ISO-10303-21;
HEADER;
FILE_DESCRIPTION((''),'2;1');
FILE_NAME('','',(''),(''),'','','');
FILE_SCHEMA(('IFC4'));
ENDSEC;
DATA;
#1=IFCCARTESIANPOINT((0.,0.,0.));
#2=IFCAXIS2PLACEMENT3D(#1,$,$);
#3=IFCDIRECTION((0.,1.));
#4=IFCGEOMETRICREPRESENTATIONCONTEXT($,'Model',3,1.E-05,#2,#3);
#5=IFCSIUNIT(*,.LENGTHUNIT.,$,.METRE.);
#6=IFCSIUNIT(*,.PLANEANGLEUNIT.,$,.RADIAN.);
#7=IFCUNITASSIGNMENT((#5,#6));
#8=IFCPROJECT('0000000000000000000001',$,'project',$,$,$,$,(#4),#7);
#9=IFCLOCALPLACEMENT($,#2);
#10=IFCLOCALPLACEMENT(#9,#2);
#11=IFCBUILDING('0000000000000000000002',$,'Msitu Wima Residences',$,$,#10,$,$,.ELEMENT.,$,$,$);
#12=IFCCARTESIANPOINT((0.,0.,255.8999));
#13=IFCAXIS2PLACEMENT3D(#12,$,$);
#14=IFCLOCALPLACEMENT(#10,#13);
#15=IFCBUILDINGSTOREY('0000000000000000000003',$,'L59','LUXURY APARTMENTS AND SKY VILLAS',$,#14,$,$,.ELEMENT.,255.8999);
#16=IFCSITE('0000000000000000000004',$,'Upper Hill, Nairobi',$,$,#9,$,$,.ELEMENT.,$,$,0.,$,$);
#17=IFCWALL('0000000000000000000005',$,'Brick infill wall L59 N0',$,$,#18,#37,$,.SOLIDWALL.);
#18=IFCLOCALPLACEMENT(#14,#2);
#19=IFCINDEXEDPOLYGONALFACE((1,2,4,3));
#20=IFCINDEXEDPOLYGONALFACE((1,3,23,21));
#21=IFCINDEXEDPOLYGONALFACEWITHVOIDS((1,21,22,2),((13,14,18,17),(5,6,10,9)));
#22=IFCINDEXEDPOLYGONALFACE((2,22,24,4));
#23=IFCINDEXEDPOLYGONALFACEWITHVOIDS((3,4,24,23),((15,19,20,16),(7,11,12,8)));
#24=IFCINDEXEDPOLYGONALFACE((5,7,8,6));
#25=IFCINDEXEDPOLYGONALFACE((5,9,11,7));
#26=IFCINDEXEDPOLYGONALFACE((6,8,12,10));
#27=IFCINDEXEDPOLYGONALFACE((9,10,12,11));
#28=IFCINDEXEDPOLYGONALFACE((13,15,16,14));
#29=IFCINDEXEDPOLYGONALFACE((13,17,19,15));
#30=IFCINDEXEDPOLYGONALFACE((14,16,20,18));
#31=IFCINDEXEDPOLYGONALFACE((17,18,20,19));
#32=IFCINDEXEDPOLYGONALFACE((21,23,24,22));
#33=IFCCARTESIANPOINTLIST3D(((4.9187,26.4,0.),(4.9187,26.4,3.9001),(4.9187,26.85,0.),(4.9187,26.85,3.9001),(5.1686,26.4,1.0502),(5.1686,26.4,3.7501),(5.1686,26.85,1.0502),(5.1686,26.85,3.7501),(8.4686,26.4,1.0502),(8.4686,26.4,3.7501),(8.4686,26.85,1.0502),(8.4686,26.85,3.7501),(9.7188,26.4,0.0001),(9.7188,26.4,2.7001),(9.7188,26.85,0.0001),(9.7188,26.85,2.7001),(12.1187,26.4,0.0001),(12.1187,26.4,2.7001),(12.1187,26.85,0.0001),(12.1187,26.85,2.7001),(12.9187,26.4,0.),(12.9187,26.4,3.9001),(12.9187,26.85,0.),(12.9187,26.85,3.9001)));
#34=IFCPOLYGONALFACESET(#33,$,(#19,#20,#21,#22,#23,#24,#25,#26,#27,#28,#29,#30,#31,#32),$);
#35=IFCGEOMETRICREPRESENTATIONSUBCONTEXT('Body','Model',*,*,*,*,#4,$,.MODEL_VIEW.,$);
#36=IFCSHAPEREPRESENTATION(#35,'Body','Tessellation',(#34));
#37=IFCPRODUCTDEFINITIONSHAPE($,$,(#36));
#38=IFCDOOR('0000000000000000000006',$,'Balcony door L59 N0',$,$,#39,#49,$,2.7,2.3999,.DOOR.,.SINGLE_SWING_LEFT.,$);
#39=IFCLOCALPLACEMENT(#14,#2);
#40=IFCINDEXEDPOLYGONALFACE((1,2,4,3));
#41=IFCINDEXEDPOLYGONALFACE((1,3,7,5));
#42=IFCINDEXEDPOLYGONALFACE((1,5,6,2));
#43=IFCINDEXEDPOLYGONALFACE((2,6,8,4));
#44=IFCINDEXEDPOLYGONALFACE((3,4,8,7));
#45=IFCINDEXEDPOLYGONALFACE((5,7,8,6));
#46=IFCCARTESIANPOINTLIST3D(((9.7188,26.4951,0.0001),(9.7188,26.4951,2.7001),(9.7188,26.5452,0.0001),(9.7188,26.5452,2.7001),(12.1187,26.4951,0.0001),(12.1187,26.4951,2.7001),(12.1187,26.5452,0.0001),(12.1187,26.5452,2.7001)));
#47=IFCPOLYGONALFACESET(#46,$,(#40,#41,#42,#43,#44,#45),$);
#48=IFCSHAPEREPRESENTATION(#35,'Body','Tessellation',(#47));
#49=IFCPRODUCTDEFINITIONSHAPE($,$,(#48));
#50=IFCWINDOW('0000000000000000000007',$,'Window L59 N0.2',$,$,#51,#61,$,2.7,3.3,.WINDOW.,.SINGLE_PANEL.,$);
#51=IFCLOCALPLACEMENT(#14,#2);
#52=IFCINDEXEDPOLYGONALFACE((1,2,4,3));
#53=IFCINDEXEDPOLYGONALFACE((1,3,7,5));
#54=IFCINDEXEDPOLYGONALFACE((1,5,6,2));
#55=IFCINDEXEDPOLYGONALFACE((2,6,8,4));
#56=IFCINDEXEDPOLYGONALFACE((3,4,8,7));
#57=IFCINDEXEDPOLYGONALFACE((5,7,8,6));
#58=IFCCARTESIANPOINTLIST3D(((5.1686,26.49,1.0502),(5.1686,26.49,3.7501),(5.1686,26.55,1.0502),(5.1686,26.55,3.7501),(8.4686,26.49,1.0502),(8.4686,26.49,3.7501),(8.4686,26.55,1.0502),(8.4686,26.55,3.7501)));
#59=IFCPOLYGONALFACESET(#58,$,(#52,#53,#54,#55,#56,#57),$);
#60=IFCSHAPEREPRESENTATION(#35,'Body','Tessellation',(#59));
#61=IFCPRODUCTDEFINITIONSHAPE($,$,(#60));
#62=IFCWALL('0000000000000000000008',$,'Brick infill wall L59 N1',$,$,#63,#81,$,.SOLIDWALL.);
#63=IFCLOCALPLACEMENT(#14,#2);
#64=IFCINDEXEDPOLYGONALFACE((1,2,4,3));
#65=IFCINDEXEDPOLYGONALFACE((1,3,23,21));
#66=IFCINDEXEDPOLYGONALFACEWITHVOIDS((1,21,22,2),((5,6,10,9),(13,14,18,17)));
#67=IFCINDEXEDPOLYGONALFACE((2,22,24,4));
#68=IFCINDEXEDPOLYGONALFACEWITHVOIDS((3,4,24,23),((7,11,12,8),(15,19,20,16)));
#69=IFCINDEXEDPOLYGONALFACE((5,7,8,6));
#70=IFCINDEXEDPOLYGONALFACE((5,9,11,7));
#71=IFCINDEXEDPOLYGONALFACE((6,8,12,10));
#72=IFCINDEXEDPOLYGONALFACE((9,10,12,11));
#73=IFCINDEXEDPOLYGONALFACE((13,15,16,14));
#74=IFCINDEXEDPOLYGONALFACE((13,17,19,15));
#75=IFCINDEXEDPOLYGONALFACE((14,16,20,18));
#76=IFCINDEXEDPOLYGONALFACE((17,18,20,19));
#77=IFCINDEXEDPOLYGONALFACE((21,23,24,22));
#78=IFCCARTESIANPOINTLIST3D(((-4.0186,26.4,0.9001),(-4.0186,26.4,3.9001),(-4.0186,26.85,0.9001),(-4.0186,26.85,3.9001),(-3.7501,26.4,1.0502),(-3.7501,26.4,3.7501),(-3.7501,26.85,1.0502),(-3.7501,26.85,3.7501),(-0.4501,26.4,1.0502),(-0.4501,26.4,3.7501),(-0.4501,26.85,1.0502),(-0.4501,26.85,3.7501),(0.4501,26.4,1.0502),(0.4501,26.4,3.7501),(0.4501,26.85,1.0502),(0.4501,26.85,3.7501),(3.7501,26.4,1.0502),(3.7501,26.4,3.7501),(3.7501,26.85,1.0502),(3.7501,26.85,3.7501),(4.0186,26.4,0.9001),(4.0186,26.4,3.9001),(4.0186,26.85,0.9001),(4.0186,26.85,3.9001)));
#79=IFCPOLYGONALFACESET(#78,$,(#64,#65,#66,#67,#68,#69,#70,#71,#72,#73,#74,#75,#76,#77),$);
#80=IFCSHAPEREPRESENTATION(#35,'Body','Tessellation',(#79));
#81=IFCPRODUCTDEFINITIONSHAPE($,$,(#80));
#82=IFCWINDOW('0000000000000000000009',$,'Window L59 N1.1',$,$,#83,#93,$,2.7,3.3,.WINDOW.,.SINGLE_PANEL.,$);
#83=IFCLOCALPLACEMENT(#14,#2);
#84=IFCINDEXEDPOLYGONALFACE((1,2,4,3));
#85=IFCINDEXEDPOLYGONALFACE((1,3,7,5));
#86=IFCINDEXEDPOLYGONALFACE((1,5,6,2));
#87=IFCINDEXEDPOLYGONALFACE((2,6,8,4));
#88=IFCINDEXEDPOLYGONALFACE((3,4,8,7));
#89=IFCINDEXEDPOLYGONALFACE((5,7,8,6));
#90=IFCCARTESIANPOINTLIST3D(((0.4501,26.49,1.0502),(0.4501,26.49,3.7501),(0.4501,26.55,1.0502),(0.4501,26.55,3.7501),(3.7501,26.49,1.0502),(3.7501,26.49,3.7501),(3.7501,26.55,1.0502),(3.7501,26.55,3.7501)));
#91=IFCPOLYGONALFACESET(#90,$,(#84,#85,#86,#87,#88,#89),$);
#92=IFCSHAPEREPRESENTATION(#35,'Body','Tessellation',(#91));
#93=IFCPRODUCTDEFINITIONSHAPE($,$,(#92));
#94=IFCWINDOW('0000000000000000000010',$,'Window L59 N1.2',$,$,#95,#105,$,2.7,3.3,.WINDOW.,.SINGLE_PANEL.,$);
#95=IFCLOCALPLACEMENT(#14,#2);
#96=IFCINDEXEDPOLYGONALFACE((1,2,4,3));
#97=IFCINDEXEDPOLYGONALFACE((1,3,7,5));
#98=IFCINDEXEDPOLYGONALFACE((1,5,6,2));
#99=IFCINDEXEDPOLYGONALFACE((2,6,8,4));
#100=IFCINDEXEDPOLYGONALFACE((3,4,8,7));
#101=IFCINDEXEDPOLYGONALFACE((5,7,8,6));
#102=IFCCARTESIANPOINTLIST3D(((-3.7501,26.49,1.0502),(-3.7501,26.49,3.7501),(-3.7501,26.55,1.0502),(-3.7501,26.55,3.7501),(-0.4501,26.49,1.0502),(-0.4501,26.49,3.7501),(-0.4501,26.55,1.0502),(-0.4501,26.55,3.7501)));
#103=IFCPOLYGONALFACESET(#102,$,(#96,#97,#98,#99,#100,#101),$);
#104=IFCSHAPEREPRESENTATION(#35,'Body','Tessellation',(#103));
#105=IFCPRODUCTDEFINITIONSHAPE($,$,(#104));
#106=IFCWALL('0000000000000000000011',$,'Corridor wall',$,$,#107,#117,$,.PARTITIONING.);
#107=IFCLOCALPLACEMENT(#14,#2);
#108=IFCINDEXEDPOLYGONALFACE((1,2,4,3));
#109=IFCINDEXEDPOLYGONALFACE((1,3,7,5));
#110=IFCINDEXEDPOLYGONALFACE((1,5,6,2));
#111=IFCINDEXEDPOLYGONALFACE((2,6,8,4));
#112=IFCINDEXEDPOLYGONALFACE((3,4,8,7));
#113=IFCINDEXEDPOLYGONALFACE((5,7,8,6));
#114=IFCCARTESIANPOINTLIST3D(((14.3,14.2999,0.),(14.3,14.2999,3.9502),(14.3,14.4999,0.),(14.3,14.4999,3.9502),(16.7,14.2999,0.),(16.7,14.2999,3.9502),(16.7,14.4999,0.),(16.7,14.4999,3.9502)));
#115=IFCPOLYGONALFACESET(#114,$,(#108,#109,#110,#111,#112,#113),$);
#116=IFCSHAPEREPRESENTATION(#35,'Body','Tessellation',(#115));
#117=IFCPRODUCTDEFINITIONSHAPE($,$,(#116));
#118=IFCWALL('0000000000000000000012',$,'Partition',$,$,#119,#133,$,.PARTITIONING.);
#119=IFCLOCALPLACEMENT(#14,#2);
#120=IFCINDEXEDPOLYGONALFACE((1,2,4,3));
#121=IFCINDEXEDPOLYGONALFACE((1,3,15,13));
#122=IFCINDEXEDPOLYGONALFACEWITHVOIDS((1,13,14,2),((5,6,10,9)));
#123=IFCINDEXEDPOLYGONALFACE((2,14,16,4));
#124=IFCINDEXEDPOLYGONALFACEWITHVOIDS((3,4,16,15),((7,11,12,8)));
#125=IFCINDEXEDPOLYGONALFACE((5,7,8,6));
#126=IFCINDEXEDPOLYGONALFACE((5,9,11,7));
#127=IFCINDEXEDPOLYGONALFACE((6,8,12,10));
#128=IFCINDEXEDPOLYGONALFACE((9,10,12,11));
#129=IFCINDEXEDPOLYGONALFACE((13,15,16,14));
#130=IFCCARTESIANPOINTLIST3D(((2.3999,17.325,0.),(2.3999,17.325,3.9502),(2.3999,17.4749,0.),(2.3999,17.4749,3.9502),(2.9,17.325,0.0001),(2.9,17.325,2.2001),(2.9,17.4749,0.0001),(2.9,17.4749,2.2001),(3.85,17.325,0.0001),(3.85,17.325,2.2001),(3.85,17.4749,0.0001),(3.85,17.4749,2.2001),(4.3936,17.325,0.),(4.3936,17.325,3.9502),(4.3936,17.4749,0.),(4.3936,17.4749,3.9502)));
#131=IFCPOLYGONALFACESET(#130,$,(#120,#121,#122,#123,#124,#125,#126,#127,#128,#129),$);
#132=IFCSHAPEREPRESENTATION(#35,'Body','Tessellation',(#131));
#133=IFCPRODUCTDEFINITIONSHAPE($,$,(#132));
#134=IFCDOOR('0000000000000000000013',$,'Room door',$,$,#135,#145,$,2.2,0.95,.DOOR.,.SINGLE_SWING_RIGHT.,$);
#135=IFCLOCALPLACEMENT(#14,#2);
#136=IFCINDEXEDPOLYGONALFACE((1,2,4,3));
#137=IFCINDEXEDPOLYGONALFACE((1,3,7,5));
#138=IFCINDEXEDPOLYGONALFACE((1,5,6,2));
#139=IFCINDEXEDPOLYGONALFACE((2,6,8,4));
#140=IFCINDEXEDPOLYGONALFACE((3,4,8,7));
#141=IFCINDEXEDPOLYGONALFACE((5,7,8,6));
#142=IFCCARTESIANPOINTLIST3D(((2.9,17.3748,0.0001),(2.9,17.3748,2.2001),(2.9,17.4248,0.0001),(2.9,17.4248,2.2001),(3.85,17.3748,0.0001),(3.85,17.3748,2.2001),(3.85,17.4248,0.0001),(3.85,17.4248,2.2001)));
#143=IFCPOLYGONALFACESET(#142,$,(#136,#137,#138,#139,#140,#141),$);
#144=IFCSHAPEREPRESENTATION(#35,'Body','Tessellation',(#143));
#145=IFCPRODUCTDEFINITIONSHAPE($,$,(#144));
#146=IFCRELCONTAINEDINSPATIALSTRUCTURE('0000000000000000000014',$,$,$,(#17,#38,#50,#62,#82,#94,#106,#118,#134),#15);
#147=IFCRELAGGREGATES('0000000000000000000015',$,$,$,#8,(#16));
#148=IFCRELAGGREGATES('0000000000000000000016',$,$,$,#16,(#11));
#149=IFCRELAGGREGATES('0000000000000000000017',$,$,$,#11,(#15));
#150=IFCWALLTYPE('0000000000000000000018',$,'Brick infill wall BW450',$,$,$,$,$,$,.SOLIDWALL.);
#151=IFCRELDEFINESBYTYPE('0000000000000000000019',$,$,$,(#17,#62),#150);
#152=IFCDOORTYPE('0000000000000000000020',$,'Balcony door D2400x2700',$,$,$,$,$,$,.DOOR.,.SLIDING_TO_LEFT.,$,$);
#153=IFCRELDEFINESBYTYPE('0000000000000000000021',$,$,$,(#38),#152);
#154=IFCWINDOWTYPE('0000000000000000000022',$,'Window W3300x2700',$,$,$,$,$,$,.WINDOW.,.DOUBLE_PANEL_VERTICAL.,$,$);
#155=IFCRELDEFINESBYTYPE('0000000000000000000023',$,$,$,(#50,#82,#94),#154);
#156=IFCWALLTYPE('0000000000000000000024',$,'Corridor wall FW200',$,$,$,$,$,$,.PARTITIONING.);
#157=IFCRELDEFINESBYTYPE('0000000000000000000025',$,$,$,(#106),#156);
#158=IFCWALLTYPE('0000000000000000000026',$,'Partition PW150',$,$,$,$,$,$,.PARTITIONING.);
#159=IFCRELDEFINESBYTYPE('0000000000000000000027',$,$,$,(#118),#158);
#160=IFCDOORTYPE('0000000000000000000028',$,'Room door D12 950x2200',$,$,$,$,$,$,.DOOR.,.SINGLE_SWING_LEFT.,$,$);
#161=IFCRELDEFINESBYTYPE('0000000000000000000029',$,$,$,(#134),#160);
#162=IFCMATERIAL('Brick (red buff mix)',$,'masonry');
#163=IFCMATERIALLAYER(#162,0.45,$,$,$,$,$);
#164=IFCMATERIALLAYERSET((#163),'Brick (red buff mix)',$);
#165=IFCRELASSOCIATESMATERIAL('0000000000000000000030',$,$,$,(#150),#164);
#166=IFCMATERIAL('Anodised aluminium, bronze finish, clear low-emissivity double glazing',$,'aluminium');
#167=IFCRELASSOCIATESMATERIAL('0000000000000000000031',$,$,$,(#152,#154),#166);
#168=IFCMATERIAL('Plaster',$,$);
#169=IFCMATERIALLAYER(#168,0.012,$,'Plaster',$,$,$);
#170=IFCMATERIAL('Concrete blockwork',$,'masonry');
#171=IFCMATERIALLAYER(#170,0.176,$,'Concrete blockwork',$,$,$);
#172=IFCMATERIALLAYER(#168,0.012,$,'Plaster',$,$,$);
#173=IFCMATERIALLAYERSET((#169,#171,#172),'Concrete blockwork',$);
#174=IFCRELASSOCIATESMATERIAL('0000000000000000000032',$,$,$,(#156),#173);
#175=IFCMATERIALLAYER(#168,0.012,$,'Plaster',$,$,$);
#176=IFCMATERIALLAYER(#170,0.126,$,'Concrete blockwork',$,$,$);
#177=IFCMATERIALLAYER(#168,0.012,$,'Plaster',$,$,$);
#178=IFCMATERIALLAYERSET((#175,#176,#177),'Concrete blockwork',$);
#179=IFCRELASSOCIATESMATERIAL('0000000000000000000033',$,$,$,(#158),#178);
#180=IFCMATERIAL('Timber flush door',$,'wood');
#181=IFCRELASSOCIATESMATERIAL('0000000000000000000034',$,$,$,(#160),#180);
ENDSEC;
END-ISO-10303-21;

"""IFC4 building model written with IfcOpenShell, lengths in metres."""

from ifc_helpers import new_model, si_unit, direction, frame, frame_2d, origin, place, context, subcontext, project, spatial, rectangle, extrude, material, layer, layer_set, type_object, element, fill, save


model = new_model("IFC4")

# Units and contexts
model_context = context("Model", 3, precision=1e-05, world=origin(), true_north=direction((0.0, 1.0)))
body_context = subcontext(model_context, "Body", "Model", "MODEL_VIEW")
ifc_project = project(units=[si_unit("LENGTHUNIT", "METRE"), si_unit("PLANEANGLEUNIT", "RADIAN")], contexts=[model_context])

# Site, building, storey
site_placement = place(None, origin())
site = spatial("IfcSite", under=ifc_project, at=site_placement, Name="Upper Hill, Nairobi", CompositionType="ELEMENT", RefElevation=0.0)
building_placement = place(site_placement, origin())
building = spatial("IfcBuilding", under=site, at=building_placement, Name="Msitu Wima Residences", CompositionType="ELEMENT")
storey_placement = place(building_placement, frame((0.0, 0.0, 255.8999)))
storey = spatial("IfcBuildingStorey", under=building, at=storey_placement, Name="L59", Description="LUXURY APARTMENTS AND SKY VILLAS", CompositionType="ELEMENT", Elevation=255.8999)

# Wall, openings, door, window
ifc_material_1 = material(Name="Brick (red buff mix)", Category="masonry")
ifc_layer_1 = layer(ifc_material_1, 0.45)
ifc_layer_set_1 = layer_set([ifc_layer_1], Name="Brick (red buff mix)")
wall_type_1 = type_object("IfcWallType", Name="Brick infill wall BW450", PredefinedType="SOLIDWALL", material=ifc_layer_set_1)
wall_1_placement = place(storey_placement, frame((12.9187, 26.625, 0.0), z_axis=(0.0, 0.0, 1.0), x_axis=(-1.0, 0.0, 0.0)))
wall_1 = element("IfcWall", 1, at=wall_1_placement, inside=storey, type_object=wall_type_1, Name="Brick infill wall L59 N0", PredefinedType="SOLIDWALL", context=body_context, shape_type="SweptSolid", body=[
    extrude(rectangle(XDim=8.0, YDim=0.45, at=frame_2d((4.0, 0.0))), origin(), (0.0, 0.0, 1.0), 3.9001),
])
opening_1_placement = place(wall_1_placement, frame((0.8, 0.0, 0.0)))
opening_1 = element("IfcOpeningElement", 2, at=opening_1_placement, cuts=wall_1, PredefinedType="OPENING", context=body_context, shape_type="SweptSolid", body=[
    extrude(rectangle(XDim=2.3999, YDim=2.7, at=frame_2d((1.2, 1.3501))), frame((0.0, 0.2349, 0.0), z_axis=(0.0, -1.0, 0.0), x_axis=(1.0, 0.0, 0.0)), (0.0, 0.0, 1.0), 0.47),
])
opening_2_placement = place(wall_1_placement, frame((4.4502, 0.0, 1.05)))
opening_2 = element("IfcOpeningElement", 3, at=opening_2_placement, cuts=wall_1, PredefinedType="OPENING", context=body_context, shape_type="SweptSolid", body=[
    extrude(rectangle(XDim=3.3, YDim=2.7, at=frame_2d((1.6499, 1.3501))), frame((0.0, 0.2349, 0.0), z_axis=(0.0, -1.0, 0.0), x_axis=(1.0, 0.0, 0.0)), (0.0, 0.0, 1.0), 0.47),
])
ifc_material_2 = material(Name="Anodised aluminium, bronze finish, clear low-emissivity double glazing", Category="aluminium")
door_type_1 = type_object("IfcDoorType", Name="Balcony door D2400x2700", OperationType="SLIDING_TO_LEFT", PredefinedType="DOOR", material=ifc_material_2)
door_1_placement = place(opening_1_placement, origin())
door_1 = element("IfcDoor", 4, at=door_1_placement, inside=storey, type_object=door_type_1, Name="Balcony door L59 N0", OperationType="SINGLE_SWING_LEFT", OverallHeight=2.7, OverallWidth=2.3999, PredefinedType="DOOR", context=body_context, shape_type="SweptSolid", body=[
    extrude(rectangle(XDim=2.3999, YDim=2.7, at=frame_2d((1.2, 1.3501))), frame((0.0, 0.1299, 0.0), z_axis=(0.0, -1.0, 0.0), x_axis=(1.0, 0.0, 0.0)), (0.0, 0.0, 1.0), 0.05),
])
fill(opening_1, door_1)
window_type = type_object("IfcWindowType", Name="Window W3300x2700", PartitioningType="DOUBLE_PANEL_VERTICAL", PredefinedType="WINDOW", material=ifc_material_2)
window_1_placement = place(opening_2_placement, origin())
window_1 = element("IfcWindow", 5, at=window_1_placement, inside=storey, type_object=window_type, Name="Window L59 N0.2", OverallHeight=2.7, OverallWidth=3.3, PartitioningType="SINGLE_PANEL", PredefinedType="WINDOW", context=body_context, shape_type="SweptSolid", body=[
    extrude(rectangle(XDim=3.3, YDim=2.7, at=frame_2d((1.6499, 1.3501))), frame((0.0, 0.135, 0.0), z_axis=(0.0, -1.0, 0.0), x_axis=(1.0, 0.0, 0.0)), (0.0, 0.0, 1.0), 0.0601),
])
fill(opening_2, window_1)

# Wall, openings, windows
wall_2_placement = place(storey_placement, frame((4.0186, 26.625, 0.9001), z_axis=(0.0, 0.0, 1.0), x_axis=(-1.0, 0.0, 0.0)))
wall_2 = element("IfcWall", 6, at=wall_2_placement, inside=storey, type_object=wall_type_1, Name="Brick infill wall L59 N1", PredefinedType="SOLIDWALL", context=body_context, shape_type="SweptSolid", body=[
    extrude(rectangle(XDim=8.0371, YDim=0.45, at=frame_2d((4.0186, 0.0))), origin(), (0.0, 0.0, 1.0), 3.0),
])
opening_3_placement = place(wall_2_placement, frame((0.2686, 0.0, 0.1499)))
opening_3 = element("IfcOpeningElement", 7, at=opening_3_placement, cuts=wall_2, PredefinedType="OPENING", context=body_context, shape_type="SweptSolid", body=[
    extrude(rectangle(XDim=3.3, YDim=2.7, at=frame_2d((1.6499, 1.3501))), frame((0.0, 0.2349, 0.0), z_axis=(0.0, -1.0, 0.0), x_axis=(1.0, 0.0, 0.0)), (0.0, 0.0, 1.0), 0.47),
])
opening_4_placement = place(wall_2_placement, frame((4.4688, 0.0, 0.1499)))
opening_4 = element("IfcOpeningElement", 8, at=opening_4_placement, cuts=wall_2, PredefinedType="OPENING", context=body_context, shape_type="SweptSolid", body=[
    extrude(rectangle(XDim=3.3, YDim=2.7, at=frame_2d((1.6499, 1.3501))), frame((0.0, 0.2349, 0.0), z_axis=(0.0, -1.0, 0.0), x_axis=(1.0, 0.0, 0.0)), (0.0, 0.0, 1.0), 0.47),
])
window_2_placement = place(opening_3_placement, origin())
window_2 = element("IfcWindow", 9, at=window_2_placement, inside=storey, type_object=window_type, Name="Window L59 N1.1", OverallHeight=2.7, OverallWidth=3.3, PartitioningType="SINGLE_PANEL", PredefinedType="WINDOW", context=body_context, shape_type="SweptSolid", body=[
    extrude(rectangle(XDim=3.3, YDim=2.7, at=frame_2d((1.6499, 1.3501))), frame((0.0, 0.135, 0.0), z_axis=(0.0, -1.0, 0.0), x_axis=(1.0, 0.0, 0.0)), (0.0, 0.0, 1.0), 0.0601),
])
fill(opening_3, window_2)
window_3_placement = place(opening_4_placement, origin())
window_3 = element("IfcWindow", 10, at=window_3_placement, inside=storey, type_object=window_type, Name="Window L59 N1.2", OverallHeight=2.7, OverallWidth=3.3, PartitioningType="SINGLE_PANEL", PredefinedType="WINDOW", context=body_context, shape_type="SweptSolid", body=[
    extrude(rectangle(XDim=3.3, YDim=2.7, at=frame_2d((1.6499, 1.3501))), frame((0.0, 0.135, 0.0), z_axis=(0.0, -1.0, 0.0), x_axis=(1.0, 0.0, 0.0)), (0.0, 0.0, 1.0), 0.0601),
])
fill(opening_4, window_3)

# Wall
ifc_material_3 = material(Name="Plaster")
ifc_layer_2 = layer(ifc_material_3, 0.012, Name="Plaster")
ifc_material_4 = material(Name="Concrete blockwork", Category="masonry")
ifc_layer_3 = layer(ifc_material_4, 0.176, Name="Concrete blockwork")
ifc_layer_4 = layer(ifc_material_3, 0.012, Name="Plaster")
ifc_layer_set_2 = layer_set([ifc_layer_2, ifc_layer_3, ifc_layer_4], Name="Concrete blockwork")
wall_type_2 = type_object("IfcWallType", Name="Corridor wall FW200", PredefinedType="PARTITIONING", material=ifc_layer_set_2)
wall_3_placement = place(storey_placement, frame((14.3, 14.3999, 0.0), z_axis=(0.0, 0.0, 1.0), x_axis=(1.0, 0.0, 0.0)))
element("IfcWall", 11, at=wall_3_placement, inside=storey, type_object=wall_type_2, Name="Corridor wall", PredefinedType="PARTITIONING", context=body_context, shape_type="SweptSolid", body=[
    extrude(rectangle(XDim=2.3999, YDim=0.2, at=frame_2d((1.2, 0.0))), origin(), (0.0, 0.0, 1.0), 3.9502),
])

# Wall, opening, door
ifc_layer_5 = layer(ifc_material_3, 0.012, Name="Plaster")
ifc_layer_6 = layer(ifc_material_4, 0.126, Name="Concrete blockwork")
ifc_layer_7 = layer(ifc_material_3, 0.012, Name="Plaster")
ifc_layer_set_3 = layer_set([ifc_layer_5, ifc_layer_6, ifc_layer_7], Name="Concrete blockwork")
wall_type_3 = type_object("IfcWallType", Name="Partition PW150", PredefinedType="PARTITIONING", material=ifc_layer_set_3)
wall_4_placement = place(storey_placement, frame((2.3999, 17.3999, 0.0), z_axis=(0.0, 0.0, 1.0), x_axis=(1.0, 0.0, 0.0)))
wall_4 = element("IfcWall", 12, at=wall_4_placement, inside=storey, type_object=wall_type_3, Name="Partition", PredefinedType="PARTITIONING", context=body_context, shape_type="SweptSolid", body=[
    extrude(rectangle(XDim=1.9937, YDim=0.1499, at=frame_2d((0.9968, 0.0))), origin(), (0.0, 0.0, 1.0), 3.9502),
])
opening_5_placement = place(wall_4_placement, frame((0.5, 0.0, 0.0)))
opening_5 = element("IfcOpeningElement", 13, at=opening_5_placement, cuts=wall_4, PredefinedType="OPENING", context=body_context, shape_type="SweptSolid", body=[
    extrude(rectangle(XDim=0.95, YDim=2.2, at=frame_2d((0.4751, 1.1001))), frame((0.0, 0.085, 0.0), z_axis=(0.0, -1.0, 0.0), x_axis=(1.0, 0.0, 0.0)), (0.0, 0.0, 1.0), 0.1699),
])
ifc_material_5 = material(Name="Timber flush door", Category="wood")
door_type_2 = type_object("IfcDoorType", Name="Room door D12 950x2200", OperationType="SINGLE_SWING_LEFT", PredefinedType="DOOR", material=ifc_material_5)
door_2_placement = place(opening_5_placement, origin())
door_2 = element("IfcDoor", 14, at=door_2_placement, inside=storey, type_object=door_type_2, Name="Room door", OperationType="SINGLE_SWING_RIGHT", OverallHeight=2.2, OverallWidth=0.95, PredefinedType="DOOR", context=body_context, shape_type="SweptSolid", body=[
    extrude(rectangle(XDim=0.95, YDim=2.2, at=frame_2d((0.4751, 1.1001))), frame((0.0, 0.0249, 0.0), z_axis=(0.0, -1.0, 0.0), x_axis=(1.0, 0.0, 0.0)), (0.0, 0.0, 1.0), 0.05),
])
fill(opening_5, door_2)

save(model, "model.ifc")
